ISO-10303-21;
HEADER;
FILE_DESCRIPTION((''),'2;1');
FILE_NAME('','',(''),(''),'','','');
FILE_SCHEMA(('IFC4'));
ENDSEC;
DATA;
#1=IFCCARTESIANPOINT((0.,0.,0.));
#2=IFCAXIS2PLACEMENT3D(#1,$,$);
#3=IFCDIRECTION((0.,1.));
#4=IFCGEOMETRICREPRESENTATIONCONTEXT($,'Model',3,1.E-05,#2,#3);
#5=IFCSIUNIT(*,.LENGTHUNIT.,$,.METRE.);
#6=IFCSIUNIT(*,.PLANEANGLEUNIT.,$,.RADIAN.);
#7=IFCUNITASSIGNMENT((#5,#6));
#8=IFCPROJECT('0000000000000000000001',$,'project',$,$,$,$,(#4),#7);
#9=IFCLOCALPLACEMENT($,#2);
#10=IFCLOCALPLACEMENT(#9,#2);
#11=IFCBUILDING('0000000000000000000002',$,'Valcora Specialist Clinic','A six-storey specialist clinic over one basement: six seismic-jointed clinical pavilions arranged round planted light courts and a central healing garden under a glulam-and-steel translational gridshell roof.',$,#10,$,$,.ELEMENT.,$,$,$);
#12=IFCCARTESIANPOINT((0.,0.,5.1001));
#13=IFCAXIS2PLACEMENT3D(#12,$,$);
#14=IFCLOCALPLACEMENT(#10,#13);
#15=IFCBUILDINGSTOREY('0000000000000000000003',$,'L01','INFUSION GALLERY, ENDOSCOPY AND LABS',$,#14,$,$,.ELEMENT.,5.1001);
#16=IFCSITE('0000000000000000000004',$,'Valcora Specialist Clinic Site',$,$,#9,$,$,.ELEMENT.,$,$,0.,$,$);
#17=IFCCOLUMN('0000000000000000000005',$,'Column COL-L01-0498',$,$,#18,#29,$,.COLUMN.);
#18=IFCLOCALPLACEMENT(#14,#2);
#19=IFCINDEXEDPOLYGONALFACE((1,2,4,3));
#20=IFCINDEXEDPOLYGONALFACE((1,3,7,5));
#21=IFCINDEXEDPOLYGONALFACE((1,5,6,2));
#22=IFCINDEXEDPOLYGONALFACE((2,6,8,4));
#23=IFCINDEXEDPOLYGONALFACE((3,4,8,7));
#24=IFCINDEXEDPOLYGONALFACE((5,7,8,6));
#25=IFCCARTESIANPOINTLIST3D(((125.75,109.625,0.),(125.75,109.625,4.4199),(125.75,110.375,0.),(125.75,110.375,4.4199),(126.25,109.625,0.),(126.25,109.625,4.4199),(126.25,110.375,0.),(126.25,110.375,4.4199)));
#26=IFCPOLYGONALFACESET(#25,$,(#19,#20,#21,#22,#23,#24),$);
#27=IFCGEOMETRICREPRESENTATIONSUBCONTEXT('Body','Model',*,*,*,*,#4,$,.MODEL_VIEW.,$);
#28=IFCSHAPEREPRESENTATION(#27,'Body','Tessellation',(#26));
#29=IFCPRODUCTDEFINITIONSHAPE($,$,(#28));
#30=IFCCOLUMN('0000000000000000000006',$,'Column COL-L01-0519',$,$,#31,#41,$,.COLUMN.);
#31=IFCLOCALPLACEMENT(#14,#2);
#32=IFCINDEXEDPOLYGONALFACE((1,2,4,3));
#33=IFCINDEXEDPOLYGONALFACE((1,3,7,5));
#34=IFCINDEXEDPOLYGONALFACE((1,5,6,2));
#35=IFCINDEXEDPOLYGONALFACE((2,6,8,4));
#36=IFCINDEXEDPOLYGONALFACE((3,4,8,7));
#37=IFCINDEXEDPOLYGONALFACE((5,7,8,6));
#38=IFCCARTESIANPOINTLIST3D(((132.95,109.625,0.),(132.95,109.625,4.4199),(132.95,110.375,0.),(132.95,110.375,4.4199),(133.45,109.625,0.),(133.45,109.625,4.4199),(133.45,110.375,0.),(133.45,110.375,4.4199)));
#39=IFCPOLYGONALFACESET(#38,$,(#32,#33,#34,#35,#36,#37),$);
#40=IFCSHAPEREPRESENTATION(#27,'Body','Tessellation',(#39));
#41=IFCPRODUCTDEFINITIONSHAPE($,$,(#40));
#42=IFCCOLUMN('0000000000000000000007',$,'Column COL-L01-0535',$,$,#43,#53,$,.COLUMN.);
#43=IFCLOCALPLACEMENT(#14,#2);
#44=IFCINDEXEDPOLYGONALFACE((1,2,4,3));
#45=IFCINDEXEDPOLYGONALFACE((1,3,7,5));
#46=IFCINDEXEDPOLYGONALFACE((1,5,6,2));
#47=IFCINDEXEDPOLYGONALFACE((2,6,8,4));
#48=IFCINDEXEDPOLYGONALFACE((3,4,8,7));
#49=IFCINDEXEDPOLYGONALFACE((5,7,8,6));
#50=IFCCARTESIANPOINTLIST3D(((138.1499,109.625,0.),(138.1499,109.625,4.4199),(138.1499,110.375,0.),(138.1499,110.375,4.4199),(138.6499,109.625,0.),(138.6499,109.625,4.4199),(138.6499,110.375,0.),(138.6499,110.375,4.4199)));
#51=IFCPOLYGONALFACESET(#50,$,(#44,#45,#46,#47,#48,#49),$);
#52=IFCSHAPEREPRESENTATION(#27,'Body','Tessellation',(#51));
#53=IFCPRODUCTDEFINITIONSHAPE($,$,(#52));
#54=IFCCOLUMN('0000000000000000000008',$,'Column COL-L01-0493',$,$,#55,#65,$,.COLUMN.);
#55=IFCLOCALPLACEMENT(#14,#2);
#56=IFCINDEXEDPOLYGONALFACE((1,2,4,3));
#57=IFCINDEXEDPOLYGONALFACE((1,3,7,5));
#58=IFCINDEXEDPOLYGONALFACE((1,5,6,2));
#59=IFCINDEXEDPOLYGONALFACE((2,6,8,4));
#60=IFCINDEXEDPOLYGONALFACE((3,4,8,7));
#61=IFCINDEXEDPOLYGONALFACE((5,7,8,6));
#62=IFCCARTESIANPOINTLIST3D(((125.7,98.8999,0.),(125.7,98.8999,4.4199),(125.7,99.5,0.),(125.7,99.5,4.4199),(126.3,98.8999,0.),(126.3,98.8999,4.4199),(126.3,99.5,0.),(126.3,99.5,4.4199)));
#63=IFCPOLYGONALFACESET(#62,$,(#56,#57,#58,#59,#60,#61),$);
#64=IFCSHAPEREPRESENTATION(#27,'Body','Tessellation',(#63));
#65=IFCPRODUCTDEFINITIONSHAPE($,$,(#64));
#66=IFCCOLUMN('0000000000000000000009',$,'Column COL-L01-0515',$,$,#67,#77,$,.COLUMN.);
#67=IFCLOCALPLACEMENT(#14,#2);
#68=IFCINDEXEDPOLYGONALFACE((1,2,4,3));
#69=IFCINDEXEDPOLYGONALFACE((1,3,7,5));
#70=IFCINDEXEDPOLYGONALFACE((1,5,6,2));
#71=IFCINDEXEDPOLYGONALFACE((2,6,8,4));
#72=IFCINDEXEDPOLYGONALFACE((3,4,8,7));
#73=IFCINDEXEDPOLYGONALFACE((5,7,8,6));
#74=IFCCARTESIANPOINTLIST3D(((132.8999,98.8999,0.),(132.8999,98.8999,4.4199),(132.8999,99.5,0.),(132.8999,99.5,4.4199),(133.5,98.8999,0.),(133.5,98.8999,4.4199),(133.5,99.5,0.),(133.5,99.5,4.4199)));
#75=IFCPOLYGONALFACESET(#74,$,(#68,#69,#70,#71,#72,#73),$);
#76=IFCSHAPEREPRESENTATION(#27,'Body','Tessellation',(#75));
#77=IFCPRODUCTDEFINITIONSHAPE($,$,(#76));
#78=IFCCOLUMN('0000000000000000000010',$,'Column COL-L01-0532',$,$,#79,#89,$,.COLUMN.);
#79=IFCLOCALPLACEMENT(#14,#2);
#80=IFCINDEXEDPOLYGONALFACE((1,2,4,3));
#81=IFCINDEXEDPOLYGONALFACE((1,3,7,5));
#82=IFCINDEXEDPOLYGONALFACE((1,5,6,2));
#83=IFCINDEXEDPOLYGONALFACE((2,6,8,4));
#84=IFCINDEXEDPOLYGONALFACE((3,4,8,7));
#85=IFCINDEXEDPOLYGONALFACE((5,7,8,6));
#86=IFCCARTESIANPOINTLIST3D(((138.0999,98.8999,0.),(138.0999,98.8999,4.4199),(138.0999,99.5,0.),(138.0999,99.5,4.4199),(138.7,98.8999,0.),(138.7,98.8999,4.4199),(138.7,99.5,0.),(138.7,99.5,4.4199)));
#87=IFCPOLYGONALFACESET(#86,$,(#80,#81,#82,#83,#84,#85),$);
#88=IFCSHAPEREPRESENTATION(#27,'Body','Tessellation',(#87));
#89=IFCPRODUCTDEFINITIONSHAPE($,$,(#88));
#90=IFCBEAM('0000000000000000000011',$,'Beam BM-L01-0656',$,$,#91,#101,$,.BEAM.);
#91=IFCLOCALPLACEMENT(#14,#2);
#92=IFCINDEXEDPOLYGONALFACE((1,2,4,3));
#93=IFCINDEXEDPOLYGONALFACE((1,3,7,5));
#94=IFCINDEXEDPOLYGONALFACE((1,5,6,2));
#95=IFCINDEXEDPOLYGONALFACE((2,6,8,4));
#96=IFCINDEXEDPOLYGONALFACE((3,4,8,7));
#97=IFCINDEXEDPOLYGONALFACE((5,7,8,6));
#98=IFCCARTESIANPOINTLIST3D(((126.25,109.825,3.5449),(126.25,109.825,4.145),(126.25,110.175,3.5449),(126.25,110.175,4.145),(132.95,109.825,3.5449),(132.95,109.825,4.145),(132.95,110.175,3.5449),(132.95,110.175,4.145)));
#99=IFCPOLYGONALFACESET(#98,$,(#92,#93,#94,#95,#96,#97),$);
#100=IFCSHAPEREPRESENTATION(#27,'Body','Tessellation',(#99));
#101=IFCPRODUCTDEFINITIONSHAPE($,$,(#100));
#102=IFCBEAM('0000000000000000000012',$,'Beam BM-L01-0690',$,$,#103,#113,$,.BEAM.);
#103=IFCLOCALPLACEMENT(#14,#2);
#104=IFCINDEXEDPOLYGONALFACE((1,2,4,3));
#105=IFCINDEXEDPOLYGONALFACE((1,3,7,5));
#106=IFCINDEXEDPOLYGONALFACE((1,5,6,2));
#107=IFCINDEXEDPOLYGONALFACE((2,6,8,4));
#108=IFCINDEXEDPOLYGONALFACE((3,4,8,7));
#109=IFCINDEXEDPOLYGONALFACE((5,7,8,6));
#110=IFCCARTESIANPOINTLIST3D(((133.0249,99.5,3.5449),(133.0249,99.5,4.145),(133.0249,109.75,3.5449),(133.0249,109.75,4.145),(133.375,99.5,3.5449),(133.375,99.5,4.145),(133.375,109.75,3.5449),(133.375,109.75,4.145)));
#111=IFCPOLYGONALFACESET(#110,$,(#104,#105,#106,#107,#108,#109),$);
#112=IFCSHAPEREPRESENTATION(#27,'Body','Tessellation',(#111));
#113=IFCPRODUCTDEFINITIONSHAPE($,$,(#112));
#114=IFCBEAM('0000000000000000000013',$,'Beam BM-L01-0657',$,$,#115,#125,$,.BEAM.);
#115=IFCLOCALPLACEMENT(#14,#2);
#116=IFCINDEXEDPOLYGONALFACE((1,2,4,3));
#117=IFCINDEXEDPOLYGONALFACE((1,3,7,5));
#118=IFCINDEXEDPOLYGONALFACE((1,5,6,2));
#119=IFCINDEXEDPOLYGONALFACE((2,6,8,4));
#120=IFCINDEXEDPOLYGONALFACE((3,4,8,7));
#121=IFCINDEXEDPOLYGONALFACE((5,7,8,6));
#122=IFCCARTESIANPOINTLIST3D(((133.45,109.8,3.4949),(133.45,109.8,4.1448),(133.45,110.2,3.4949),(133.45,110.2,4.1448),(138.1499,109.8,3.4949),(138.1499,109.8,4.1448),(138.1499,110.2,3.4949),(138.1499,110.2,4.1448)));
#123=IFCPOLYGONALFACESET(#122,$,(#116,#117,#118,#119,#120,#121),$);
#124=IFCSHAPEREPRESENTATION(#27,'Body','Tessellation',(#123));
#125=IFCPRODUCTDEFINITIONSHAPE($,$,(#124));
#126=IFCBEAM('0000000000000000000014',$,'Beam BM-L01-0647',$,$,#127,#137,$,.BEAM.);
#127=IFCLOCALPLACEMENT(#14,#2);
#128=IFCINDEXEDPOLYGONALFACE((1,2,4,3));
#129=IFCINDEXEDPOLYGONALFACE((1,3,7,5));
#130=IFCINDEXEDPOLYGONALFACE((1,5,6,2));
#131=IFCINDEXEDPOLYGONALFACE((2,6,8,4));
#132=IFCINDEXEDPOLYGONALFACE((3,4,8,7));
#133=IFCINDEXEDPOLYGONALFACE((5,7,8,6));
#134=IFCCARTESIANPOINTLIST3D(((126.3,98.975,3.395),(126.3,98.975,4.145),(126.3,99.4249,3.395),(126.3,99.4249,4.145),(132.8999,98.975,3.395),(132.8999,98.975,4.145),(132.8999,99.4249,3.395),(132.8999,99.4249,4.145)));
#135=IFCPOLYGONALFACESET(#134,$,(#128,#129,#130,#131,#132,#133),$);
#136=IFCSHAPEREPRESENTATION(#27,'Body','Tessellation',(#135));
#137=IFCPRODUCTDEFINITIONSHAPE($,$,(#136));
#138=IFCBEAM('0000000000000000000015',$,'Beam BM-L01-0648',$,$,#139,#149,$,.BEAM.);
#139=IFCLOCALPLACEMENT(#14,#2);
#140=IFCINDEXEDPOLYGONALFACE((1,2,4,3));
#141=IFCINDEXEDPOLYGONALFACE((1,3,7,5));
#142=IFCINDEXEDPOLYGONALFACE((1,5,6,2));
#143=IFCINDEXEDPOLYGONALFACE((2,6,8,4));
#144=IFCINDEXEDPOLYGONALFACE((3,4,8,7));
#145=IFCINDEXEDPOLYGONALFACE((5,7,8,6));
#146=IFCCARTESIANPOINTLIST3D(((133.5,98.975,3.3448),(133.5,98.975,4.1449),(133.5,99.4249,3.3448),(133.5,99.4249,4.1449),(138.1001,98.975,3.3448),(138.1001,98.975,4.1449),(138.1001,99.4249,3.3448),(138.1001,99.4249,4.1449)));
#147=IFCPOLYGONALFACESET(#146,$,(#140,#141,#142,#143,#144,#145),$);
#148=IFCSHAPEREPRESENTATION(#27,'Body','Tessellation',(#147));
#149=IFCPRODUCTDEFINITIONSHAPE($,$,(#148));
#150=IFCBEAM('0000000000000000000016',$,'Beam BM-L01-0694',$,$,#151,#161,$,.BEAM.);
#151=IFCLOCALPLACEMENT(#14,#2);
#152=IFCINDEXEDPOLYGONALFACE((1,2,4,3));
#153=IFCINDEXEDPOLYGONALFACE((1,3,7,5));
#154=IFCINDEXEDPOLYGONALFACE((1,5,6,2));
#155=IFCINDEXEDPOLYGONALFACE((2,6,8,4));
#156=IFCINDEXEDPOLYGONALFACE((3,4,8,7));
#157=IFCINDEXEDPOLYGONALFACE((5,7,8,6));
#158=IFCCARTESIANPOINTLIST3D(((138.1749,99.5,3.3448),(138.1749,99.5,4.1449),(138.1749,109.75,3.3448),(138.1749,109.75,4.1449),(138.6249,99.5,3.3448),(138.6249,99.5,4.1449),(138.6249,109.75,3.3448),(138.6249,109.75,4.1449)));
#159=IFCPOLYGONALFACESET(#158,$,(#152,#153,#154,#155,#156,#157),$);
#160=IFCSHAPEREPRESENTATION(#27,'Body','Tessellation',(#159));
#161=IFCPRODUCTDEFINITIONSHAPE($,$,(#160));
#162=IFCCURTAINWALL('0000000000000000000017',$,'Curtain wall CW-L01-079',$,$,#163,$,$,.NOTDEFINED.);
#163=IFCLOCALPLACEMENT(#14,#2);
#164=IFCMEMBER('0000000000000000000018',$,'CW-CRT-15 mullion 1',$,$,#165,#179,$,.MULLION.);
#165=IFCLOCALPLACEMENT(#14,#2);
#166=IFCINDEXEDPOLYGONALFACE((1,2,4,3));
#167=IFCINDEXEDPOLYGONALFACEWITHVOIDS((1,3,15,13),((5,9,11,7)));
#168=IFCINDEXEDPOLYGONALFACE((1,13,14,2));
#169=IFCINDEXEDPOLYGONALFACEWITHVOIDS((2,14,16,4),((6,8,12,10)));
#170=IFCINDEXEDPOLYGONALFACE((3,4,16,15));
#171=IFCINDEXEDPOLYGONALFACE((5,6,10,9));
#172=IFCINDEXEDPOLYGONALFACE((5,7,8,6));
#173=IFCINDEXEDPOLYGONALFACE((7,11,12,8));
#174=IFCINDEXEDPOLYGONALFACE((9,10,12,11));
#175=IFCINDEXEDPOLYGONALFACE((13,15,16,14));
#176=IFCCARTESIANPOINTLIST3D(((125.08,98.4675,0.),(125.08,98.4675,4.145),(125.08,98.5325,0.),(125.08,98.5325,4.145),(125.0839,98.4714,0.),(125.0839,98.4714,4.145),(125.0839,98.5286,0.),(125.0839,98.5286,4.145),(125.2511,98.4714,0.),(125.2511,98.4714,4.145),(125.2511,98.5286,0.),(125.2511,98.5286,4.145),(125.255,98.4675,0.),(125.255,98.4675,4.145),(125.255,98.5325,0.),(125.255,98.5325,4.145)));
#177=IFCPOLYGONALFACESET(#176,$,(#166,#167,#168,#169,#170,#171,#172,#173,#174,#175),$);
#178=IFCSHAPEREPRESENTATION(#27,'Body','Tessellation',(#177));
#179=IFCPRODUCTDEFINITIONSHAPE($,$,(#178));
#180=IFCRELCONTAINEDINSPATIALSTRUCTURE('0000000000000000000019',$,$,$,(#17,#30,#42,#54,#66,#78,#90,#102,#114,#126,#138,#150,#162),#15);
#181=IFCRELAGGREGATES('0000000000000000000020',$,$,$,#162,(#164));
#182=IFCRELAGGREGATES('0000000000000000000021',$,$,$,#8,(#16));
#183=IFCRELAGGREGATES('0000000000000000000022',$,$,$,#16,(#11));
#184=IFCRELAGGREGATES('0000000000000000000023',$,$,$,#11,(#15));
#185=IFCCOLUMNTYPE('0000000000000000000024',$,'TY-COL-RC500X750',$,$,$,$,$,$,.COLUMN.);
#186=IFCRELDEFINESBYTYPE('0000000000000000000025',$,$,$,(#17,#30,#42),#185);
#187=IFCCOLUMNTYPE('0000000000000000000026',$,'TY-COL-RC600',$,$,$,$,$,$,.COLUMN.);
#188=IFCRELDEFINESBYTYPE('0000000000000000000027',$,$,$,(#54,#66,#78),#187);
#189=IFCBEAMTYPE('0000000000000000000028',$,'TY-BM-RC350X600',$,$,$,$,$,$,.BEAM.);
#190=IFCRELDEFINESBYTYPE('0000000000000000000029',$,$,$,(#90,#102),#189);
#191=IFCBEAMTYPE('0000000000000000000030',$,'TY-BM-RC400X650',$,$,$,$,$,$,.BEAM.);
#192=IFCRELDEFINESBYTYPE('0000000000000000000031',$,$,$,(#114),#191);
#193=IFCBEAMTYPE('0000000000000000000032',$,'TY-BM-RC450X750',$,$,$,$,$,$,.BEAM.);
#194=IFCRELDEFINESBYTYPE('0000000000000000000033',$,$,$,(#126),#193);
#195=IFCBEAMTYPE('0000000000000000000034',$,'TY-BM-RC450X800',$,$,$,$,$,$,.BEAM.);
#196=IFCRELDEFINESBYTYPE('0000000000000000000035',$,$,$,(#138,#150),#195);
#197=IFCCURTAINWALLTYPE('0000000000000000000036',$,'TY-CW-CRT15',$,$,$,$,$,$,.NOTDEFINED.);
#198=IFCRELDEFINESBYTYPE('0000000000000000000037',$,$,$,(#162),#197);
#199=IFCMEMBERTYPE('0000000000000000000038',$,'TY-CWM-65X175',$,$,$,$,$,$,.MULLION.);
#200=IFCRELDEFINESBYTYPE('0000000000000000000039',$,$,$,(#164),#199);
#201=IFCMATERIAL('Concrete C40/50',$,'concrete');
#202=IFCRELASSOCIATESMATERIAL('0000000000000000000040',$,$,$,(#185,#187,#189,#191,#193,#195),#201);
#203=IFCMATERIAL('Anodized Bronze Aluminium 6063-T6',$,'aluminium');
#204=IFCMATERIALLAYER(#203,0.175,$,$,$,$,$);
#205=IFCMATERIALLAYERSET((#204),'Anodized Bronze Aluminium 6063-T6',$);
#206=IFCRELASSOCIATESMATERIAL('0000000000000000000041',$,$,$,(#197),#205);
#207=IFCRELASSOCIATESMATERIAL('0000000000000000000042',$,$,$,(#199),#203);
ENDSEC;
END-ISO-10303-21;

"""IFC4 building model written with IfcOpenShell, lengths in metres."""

from ifc_helpers import new_model, si_unit, direction, frame, origin, origin_2d, place, context, subcontext, project, spatial, rectangle, hollow_rectangle, extrude, material, layer, layer_set, material_profile, profile_set, type_object, element, aggregate, save


model = new_model("IFC4")

# Units and contexts
model_context = context("Model", 3, precision=1e-05, world=origin(), true_north=direction((0.0, 1.0)))
body_context = subcontext(model_context, "Body", "Model", "MODEL_VIEW")
ifc_project = project(units=[si_unit("LENGTHUNIT", "METRE"), si_unit("PLANEANGLEUNIT", "RADIAN")], contexts=[model_context])

# Site, building, storey
site_placement = place(None, origin())
site = spatial("IfcSite", under=ifc_project, at=site_placement, Name="Valcora Specialist Clinic Site", CompositionType="ELEMENT", RefElevation=0.0)
building_placement = place(site_placement, origin())
building = spatial("IfcBuilding", under=site, at=building_placement, Name="Valcora Specialist Clinic", Description="A six-storey specialist clinic over one basement: six seismic-jointed clinical pavilions arranged round planted light courts and a central healing garden under a glulam-and-steel translational gridshell roof.", CompositionType="ELEMENT")
storey_placement = place(building_placement, frame((0.0, 0.0, 5.1001)))
storey = spatial("IfcBuildingStorey", under=building, at=storey_placement, Name="L01", Description="INFUSION GALLERY, ENDOSCOPY AND LABS", CompositionType="ELEMENT", Elevation=5.1001)

# Columns
ifc_material_1 = material(Name="Concrete C40/50", Category="concrete")
ifc_material_profile_1 = material_profile(ifc_material_1, rectangle(XDim=0.5, YDim=0.75, at=origin_2d()), Name="RC-COL-500X750")
ifc_profile_set_1 = profile_set([ifc_material_profile_1], Name="Concrete C40/50")
column_type_1 = type_object("IfcColumnType", Name="TY-COL-RC500X750", PredefinedType="COLUMN", material=ifc_profile_set_1)
for number, where, z_axis, x_axis, name in (
    (1, (126.0, 110.0, 0.0), (0.0, 0.0, 1.0), (1.0, 0.0, 0.0), "Column COL-L01-0498"),
    (2, (133.2, 110.0, 0.0), (0.0, 0.0, 1.0), (1.0, 0.0, 0.0), "Column COL-L01-0519"),
    (3, (138.3999, 110.0, 0.0), (0.0, 0.0, 1.0), (1.0, 0.0, 0.0), "Column COL-L01-0535"),
):
    element("IfcColumn", number, at=place(storey_placement, frame(where, z_axis=z_axis, x_axis=x_axis)), inside=storey, type_object=column_type_1, Name=name, PredefinedType="COLUMN", context=body_context, shape_type="SweptSolid", body=[
        extrude(rectangle(XDim=0.5, YDim=0.75, at=origin_2d()), origin(), (0.0, 0.0, 1.0), 4.4199),
    ])
ifc_material_profile_2 = material_profile(ifc_material_1, rectangle(XDim=0.6001, YDim=0.6001, at=origin_2d()), Name="RC-COL-600X600")
ifc_profile_set_2 = profile_set([ifc_material_profile_2], Name="Concrete C40/50")
column_type_2 = type_object("IfcColumnType", Name="TY-COL-RC600", PredefinedType="COLUMN", material=ifc_profile_set_2)
for number, where, z_axis, x_axis, name in (
    (4, (126.0, 99.2, 0.0), (0.0, 0.0, 1.0), (1.0, 0.0, 0.0), "Column COL-L01-0493"),
    (5, (133.2, 99.2, 0.0), (0.0, 0.0, 1.0), (1.0, 0.0, 0.0), "Column COL-L01-0515"),
    (6, (138.3999, 99.2, 0.0), (0.0, 0.0, 1.0), (1.0, 0.0, 0.0), "Column COL-L01-0532"),
):
    element("IfcColumn", number, at=place(storey_placement, frame(where, z_axis=z_axis, x_axis=x_axis)), inside=storey, type_object=column_type_2, Name=name, PredefinedType="COLUMN", context=body_context, shape_type="SweptSolid", body=[
        extrude(rectangle(XDim=0.6001, YDim=0.6001, at=origin_2d()), origin(), (0.0, 0.0, 1.0), 4.4199),
    ])

# Beams
ifc_material_profile_3 = material_profile(ifc_material_1, rectangle(XDim=0.3501, YDim=0.6001, at=origin_2d()), Name="RC-BM-350X600")
ifc_profile_set_3 = profile_set([ifc_material_profile_3], Name="Concrete C40/50")
beam_type_1 = type_object("IfcBeamType", Name="TY-BM-RC350X600", PredefinedType="BEAM", material=ifc_profile_set_3)
beam_1_placement = place(storey_placement, frame((126.25, 110.0, 3.845), z_axis=(1.0, 0.0, 0.0), x_axis=(0.0, 1.0, 0.0)))
element("IfcBeam", 7, at=beam_1_placement, inside=storey, type_object=beam_type_1, Name="Beam BM-L01-0656", PredefinedType="BEAM", context=body_context, shape_type="SweptSolid", body=[
    extrude(rectangle(XDim=0.3501, YDim=0.6001, at=origin_2d()), origin(), (0.0, 0.0, 1.0), 6.7),
])
beam_2_placement = place(storey_placement, frame((133.2, 99.5, 3.845), z_axis=(0.0, 1.0, 0.0), x_axis=(-1.0, 0.0, 0.0)))
element("IfcBeam", 8, at=beam_2_placement, inside=storey, type_object=beam_type_1, Name="Beam BM-L01-0690", PredefinedType="BEAM", context=body_context, shape_type="SweptSolid", body=[
    extrude(rectangle(XDim=0.3501, YDim=0.6001, at=origin_2d()), origin(), (0.0, 0.0, 1.0), 10.25),
])
ifc_material_profile_4 = material_profile(ifc_material_1, rectangle(XDim=0.3999, YDim=0.6499, at=origin_2d()), Name="RC-BM-400X650")
ifc_profile_set_4 = profile_set([ifc_material_profile_4], Name="Concrete C40/50")
beam_type_2 = type_object("IfcBeamType", Name="TY-BM-RC400X650", PredefinedType="BEAM", material=ifc_profile_set_4)
beam_3_placement = place(storey_placement, frame((133.45, 110.0, 3.8198), z_axis=(1.0, 0.0, 0.0), x_axis=(0.0, 1.0, 0.0)))
element("IfcBeam", 9, at=beam_3_placement, inside=storey, type_object=beam_type_2, Name="Beam BM-L01-0657", PredefinedType="BEAM", context=body_context, shape_type="SweptSolid", body=[
    extrude(rectangle(XDim=0.3999, YDim=0.6499, at=origin_2d()), origin(), (0.0, 0.0, 1.0), 4.7),
])
ifc_material_profile_5 = material_profile(ifc_material_1, rectangle(XDim=0.45, YDim=0.75, at=origin_2d()), Name="RC-BM-450X750")
ifc_profile_set_5 = profile_set([ifc_material_profile_5], Name="Concrete C40/50")
beam_type_3 = type_object("IfcBeamType", Name="TY-BM-RC450X750", PredefinedType="BEAM", material=ifc_profile_set_5)
beam_4_placement = place(storey_placement, frame((126.3, 99.2, 3.77), z_axis=(1.0, 0.0, 0.0), x_axis=(0.0, 1.0, 0.0)))
element("IfcBeam", 10, at=beam_4_placement, inside=storey, type_object=beam_type_3, Name="Beam BM-L01-0647", PredefinedType="BEAM", context=body_context, shape_type="SweptSolid", body=[
    extrude(rectangle(XDim=0.45, YDim=0.75, at=origin_2d()), origin(), (0.0, 0.0, 1.0), 6.5999),
])
ifc_material_profile_6 = material_profile(ifc_material_1, rectangle(XDim=0.45, YDim=0.8, at=origin_2d()), Name="RC-BM-450X800")
ifc_profile_set_6 = profile_set([ifc_material_profile_6], Name="Concrete C40/50")
beam_type_4 = type_object("IfcBeamType", Name="TY-BM-RC450X800", PredefinedType="BEAM", material=ifc_profile_set_6)
beam_5_placement = place(storey_placement, frame((133.5, 99.2, 3.7449), z_axis=(1.0, 0.0, 0.0), x_axis=(0.0, 1.0, 0.0)))
element("IfcBeam", 11, at=beam_5_placement, inside=storey, type_object=beam_type_4, Name="Beam BM-L01-0648", PredefinedType="BEAM", context=body_context, shape_type="SweptSolid", body=[
    extrude(rectangle(XDim=0.45, YDim=0.8, at=origin_2d()), origin(), (0.0, 0.0, 1.0), 4.6001),
])
beam_6_placement = place(storey_placement, frame((138.3999, 99.5, 3.7449), z_axis=(0.0, 1.0, 0.0), x_axis=(-1.0, 0.0, 0.0)))
element("IfcBeam", 12, at=beam_6_placement, inside=storey, type_object=beam_type_4, Name="Beam BM-L01-0694", PredefinedType="BEAM", context=body_context, shape_type="SweptSolid", body=[
    extrude(rectangle(XDim=0.45, YDim=0.8, at=origin_2d()), origin(), (0.0, 0.0, 1.0), 10.25),
])

# Curtain wall, member
ifc_material_2 = material(Name="Anodized Bronze Aluminium 6063-T6", Category="aluminium")
ifc_layer_1 = layer(ifc_material_2, 0.175)
ifc_layer_set_1 = layer_set([ifc_layer_1], Name="Anodized Bronze Aluminium 6063-T6")
curtain_wall_type = type_object("IfcCurtainWallType", Name="TY-CW-CRT15", PredefinedType="NOTDEFINED", material=ifc_layer_set_1)
curtain_wall_placement = place(storey_placement, origin())
curtain_wall = element("IfcCurtainWall", 13, at=curtain_wall_placement, inside=storey, type_object=curtain_wall_type, Name="Curtain wall CW-L01-079", PredefinedType="NOTDEFINED")
ifc_material_profile_7 = material_profile(ifc_material_2, hollow_rectangle(XDim=0.0649, YDim=0.175, WallThickness=0.0039, at=origin_2d()), Name="AL-MUL-65X175")
ifc_profile_set_7 = profile_set([ifc_material_profile_7], Name="Anodized Bronze Aluminium 6063-T6")
member_type_1 = type_object("IfcMemberType", Name="TY-CWM-65X175", PredefinedType="MULLION", material=ifc_profile_set_7)
member_1_placement = place(storey_placement, frame((125.1675, 98.5, 0.0), z_axis=(0.0, 0.0, 1.0), x_axis=(0.0, -1.0, 0.0)))
member_1 = element("IfcMember", 14, at=member_1_placement, type_object=member_type_1, Name="CW-CRT-15 mullion 1", PredefinedType="MULLION", context=body_context, shape_type="SweptSolid", body=[
    extrude(hollow_rectangle(XDim=0.0649, YDim=0.175, WallThickness=0.0039, at=origin_2d()), origin(), (0.0, 0.0, 1.0), 4.145),
])
aggregate(curtain_wall, [member_1])

save(model, "model.ifc")
